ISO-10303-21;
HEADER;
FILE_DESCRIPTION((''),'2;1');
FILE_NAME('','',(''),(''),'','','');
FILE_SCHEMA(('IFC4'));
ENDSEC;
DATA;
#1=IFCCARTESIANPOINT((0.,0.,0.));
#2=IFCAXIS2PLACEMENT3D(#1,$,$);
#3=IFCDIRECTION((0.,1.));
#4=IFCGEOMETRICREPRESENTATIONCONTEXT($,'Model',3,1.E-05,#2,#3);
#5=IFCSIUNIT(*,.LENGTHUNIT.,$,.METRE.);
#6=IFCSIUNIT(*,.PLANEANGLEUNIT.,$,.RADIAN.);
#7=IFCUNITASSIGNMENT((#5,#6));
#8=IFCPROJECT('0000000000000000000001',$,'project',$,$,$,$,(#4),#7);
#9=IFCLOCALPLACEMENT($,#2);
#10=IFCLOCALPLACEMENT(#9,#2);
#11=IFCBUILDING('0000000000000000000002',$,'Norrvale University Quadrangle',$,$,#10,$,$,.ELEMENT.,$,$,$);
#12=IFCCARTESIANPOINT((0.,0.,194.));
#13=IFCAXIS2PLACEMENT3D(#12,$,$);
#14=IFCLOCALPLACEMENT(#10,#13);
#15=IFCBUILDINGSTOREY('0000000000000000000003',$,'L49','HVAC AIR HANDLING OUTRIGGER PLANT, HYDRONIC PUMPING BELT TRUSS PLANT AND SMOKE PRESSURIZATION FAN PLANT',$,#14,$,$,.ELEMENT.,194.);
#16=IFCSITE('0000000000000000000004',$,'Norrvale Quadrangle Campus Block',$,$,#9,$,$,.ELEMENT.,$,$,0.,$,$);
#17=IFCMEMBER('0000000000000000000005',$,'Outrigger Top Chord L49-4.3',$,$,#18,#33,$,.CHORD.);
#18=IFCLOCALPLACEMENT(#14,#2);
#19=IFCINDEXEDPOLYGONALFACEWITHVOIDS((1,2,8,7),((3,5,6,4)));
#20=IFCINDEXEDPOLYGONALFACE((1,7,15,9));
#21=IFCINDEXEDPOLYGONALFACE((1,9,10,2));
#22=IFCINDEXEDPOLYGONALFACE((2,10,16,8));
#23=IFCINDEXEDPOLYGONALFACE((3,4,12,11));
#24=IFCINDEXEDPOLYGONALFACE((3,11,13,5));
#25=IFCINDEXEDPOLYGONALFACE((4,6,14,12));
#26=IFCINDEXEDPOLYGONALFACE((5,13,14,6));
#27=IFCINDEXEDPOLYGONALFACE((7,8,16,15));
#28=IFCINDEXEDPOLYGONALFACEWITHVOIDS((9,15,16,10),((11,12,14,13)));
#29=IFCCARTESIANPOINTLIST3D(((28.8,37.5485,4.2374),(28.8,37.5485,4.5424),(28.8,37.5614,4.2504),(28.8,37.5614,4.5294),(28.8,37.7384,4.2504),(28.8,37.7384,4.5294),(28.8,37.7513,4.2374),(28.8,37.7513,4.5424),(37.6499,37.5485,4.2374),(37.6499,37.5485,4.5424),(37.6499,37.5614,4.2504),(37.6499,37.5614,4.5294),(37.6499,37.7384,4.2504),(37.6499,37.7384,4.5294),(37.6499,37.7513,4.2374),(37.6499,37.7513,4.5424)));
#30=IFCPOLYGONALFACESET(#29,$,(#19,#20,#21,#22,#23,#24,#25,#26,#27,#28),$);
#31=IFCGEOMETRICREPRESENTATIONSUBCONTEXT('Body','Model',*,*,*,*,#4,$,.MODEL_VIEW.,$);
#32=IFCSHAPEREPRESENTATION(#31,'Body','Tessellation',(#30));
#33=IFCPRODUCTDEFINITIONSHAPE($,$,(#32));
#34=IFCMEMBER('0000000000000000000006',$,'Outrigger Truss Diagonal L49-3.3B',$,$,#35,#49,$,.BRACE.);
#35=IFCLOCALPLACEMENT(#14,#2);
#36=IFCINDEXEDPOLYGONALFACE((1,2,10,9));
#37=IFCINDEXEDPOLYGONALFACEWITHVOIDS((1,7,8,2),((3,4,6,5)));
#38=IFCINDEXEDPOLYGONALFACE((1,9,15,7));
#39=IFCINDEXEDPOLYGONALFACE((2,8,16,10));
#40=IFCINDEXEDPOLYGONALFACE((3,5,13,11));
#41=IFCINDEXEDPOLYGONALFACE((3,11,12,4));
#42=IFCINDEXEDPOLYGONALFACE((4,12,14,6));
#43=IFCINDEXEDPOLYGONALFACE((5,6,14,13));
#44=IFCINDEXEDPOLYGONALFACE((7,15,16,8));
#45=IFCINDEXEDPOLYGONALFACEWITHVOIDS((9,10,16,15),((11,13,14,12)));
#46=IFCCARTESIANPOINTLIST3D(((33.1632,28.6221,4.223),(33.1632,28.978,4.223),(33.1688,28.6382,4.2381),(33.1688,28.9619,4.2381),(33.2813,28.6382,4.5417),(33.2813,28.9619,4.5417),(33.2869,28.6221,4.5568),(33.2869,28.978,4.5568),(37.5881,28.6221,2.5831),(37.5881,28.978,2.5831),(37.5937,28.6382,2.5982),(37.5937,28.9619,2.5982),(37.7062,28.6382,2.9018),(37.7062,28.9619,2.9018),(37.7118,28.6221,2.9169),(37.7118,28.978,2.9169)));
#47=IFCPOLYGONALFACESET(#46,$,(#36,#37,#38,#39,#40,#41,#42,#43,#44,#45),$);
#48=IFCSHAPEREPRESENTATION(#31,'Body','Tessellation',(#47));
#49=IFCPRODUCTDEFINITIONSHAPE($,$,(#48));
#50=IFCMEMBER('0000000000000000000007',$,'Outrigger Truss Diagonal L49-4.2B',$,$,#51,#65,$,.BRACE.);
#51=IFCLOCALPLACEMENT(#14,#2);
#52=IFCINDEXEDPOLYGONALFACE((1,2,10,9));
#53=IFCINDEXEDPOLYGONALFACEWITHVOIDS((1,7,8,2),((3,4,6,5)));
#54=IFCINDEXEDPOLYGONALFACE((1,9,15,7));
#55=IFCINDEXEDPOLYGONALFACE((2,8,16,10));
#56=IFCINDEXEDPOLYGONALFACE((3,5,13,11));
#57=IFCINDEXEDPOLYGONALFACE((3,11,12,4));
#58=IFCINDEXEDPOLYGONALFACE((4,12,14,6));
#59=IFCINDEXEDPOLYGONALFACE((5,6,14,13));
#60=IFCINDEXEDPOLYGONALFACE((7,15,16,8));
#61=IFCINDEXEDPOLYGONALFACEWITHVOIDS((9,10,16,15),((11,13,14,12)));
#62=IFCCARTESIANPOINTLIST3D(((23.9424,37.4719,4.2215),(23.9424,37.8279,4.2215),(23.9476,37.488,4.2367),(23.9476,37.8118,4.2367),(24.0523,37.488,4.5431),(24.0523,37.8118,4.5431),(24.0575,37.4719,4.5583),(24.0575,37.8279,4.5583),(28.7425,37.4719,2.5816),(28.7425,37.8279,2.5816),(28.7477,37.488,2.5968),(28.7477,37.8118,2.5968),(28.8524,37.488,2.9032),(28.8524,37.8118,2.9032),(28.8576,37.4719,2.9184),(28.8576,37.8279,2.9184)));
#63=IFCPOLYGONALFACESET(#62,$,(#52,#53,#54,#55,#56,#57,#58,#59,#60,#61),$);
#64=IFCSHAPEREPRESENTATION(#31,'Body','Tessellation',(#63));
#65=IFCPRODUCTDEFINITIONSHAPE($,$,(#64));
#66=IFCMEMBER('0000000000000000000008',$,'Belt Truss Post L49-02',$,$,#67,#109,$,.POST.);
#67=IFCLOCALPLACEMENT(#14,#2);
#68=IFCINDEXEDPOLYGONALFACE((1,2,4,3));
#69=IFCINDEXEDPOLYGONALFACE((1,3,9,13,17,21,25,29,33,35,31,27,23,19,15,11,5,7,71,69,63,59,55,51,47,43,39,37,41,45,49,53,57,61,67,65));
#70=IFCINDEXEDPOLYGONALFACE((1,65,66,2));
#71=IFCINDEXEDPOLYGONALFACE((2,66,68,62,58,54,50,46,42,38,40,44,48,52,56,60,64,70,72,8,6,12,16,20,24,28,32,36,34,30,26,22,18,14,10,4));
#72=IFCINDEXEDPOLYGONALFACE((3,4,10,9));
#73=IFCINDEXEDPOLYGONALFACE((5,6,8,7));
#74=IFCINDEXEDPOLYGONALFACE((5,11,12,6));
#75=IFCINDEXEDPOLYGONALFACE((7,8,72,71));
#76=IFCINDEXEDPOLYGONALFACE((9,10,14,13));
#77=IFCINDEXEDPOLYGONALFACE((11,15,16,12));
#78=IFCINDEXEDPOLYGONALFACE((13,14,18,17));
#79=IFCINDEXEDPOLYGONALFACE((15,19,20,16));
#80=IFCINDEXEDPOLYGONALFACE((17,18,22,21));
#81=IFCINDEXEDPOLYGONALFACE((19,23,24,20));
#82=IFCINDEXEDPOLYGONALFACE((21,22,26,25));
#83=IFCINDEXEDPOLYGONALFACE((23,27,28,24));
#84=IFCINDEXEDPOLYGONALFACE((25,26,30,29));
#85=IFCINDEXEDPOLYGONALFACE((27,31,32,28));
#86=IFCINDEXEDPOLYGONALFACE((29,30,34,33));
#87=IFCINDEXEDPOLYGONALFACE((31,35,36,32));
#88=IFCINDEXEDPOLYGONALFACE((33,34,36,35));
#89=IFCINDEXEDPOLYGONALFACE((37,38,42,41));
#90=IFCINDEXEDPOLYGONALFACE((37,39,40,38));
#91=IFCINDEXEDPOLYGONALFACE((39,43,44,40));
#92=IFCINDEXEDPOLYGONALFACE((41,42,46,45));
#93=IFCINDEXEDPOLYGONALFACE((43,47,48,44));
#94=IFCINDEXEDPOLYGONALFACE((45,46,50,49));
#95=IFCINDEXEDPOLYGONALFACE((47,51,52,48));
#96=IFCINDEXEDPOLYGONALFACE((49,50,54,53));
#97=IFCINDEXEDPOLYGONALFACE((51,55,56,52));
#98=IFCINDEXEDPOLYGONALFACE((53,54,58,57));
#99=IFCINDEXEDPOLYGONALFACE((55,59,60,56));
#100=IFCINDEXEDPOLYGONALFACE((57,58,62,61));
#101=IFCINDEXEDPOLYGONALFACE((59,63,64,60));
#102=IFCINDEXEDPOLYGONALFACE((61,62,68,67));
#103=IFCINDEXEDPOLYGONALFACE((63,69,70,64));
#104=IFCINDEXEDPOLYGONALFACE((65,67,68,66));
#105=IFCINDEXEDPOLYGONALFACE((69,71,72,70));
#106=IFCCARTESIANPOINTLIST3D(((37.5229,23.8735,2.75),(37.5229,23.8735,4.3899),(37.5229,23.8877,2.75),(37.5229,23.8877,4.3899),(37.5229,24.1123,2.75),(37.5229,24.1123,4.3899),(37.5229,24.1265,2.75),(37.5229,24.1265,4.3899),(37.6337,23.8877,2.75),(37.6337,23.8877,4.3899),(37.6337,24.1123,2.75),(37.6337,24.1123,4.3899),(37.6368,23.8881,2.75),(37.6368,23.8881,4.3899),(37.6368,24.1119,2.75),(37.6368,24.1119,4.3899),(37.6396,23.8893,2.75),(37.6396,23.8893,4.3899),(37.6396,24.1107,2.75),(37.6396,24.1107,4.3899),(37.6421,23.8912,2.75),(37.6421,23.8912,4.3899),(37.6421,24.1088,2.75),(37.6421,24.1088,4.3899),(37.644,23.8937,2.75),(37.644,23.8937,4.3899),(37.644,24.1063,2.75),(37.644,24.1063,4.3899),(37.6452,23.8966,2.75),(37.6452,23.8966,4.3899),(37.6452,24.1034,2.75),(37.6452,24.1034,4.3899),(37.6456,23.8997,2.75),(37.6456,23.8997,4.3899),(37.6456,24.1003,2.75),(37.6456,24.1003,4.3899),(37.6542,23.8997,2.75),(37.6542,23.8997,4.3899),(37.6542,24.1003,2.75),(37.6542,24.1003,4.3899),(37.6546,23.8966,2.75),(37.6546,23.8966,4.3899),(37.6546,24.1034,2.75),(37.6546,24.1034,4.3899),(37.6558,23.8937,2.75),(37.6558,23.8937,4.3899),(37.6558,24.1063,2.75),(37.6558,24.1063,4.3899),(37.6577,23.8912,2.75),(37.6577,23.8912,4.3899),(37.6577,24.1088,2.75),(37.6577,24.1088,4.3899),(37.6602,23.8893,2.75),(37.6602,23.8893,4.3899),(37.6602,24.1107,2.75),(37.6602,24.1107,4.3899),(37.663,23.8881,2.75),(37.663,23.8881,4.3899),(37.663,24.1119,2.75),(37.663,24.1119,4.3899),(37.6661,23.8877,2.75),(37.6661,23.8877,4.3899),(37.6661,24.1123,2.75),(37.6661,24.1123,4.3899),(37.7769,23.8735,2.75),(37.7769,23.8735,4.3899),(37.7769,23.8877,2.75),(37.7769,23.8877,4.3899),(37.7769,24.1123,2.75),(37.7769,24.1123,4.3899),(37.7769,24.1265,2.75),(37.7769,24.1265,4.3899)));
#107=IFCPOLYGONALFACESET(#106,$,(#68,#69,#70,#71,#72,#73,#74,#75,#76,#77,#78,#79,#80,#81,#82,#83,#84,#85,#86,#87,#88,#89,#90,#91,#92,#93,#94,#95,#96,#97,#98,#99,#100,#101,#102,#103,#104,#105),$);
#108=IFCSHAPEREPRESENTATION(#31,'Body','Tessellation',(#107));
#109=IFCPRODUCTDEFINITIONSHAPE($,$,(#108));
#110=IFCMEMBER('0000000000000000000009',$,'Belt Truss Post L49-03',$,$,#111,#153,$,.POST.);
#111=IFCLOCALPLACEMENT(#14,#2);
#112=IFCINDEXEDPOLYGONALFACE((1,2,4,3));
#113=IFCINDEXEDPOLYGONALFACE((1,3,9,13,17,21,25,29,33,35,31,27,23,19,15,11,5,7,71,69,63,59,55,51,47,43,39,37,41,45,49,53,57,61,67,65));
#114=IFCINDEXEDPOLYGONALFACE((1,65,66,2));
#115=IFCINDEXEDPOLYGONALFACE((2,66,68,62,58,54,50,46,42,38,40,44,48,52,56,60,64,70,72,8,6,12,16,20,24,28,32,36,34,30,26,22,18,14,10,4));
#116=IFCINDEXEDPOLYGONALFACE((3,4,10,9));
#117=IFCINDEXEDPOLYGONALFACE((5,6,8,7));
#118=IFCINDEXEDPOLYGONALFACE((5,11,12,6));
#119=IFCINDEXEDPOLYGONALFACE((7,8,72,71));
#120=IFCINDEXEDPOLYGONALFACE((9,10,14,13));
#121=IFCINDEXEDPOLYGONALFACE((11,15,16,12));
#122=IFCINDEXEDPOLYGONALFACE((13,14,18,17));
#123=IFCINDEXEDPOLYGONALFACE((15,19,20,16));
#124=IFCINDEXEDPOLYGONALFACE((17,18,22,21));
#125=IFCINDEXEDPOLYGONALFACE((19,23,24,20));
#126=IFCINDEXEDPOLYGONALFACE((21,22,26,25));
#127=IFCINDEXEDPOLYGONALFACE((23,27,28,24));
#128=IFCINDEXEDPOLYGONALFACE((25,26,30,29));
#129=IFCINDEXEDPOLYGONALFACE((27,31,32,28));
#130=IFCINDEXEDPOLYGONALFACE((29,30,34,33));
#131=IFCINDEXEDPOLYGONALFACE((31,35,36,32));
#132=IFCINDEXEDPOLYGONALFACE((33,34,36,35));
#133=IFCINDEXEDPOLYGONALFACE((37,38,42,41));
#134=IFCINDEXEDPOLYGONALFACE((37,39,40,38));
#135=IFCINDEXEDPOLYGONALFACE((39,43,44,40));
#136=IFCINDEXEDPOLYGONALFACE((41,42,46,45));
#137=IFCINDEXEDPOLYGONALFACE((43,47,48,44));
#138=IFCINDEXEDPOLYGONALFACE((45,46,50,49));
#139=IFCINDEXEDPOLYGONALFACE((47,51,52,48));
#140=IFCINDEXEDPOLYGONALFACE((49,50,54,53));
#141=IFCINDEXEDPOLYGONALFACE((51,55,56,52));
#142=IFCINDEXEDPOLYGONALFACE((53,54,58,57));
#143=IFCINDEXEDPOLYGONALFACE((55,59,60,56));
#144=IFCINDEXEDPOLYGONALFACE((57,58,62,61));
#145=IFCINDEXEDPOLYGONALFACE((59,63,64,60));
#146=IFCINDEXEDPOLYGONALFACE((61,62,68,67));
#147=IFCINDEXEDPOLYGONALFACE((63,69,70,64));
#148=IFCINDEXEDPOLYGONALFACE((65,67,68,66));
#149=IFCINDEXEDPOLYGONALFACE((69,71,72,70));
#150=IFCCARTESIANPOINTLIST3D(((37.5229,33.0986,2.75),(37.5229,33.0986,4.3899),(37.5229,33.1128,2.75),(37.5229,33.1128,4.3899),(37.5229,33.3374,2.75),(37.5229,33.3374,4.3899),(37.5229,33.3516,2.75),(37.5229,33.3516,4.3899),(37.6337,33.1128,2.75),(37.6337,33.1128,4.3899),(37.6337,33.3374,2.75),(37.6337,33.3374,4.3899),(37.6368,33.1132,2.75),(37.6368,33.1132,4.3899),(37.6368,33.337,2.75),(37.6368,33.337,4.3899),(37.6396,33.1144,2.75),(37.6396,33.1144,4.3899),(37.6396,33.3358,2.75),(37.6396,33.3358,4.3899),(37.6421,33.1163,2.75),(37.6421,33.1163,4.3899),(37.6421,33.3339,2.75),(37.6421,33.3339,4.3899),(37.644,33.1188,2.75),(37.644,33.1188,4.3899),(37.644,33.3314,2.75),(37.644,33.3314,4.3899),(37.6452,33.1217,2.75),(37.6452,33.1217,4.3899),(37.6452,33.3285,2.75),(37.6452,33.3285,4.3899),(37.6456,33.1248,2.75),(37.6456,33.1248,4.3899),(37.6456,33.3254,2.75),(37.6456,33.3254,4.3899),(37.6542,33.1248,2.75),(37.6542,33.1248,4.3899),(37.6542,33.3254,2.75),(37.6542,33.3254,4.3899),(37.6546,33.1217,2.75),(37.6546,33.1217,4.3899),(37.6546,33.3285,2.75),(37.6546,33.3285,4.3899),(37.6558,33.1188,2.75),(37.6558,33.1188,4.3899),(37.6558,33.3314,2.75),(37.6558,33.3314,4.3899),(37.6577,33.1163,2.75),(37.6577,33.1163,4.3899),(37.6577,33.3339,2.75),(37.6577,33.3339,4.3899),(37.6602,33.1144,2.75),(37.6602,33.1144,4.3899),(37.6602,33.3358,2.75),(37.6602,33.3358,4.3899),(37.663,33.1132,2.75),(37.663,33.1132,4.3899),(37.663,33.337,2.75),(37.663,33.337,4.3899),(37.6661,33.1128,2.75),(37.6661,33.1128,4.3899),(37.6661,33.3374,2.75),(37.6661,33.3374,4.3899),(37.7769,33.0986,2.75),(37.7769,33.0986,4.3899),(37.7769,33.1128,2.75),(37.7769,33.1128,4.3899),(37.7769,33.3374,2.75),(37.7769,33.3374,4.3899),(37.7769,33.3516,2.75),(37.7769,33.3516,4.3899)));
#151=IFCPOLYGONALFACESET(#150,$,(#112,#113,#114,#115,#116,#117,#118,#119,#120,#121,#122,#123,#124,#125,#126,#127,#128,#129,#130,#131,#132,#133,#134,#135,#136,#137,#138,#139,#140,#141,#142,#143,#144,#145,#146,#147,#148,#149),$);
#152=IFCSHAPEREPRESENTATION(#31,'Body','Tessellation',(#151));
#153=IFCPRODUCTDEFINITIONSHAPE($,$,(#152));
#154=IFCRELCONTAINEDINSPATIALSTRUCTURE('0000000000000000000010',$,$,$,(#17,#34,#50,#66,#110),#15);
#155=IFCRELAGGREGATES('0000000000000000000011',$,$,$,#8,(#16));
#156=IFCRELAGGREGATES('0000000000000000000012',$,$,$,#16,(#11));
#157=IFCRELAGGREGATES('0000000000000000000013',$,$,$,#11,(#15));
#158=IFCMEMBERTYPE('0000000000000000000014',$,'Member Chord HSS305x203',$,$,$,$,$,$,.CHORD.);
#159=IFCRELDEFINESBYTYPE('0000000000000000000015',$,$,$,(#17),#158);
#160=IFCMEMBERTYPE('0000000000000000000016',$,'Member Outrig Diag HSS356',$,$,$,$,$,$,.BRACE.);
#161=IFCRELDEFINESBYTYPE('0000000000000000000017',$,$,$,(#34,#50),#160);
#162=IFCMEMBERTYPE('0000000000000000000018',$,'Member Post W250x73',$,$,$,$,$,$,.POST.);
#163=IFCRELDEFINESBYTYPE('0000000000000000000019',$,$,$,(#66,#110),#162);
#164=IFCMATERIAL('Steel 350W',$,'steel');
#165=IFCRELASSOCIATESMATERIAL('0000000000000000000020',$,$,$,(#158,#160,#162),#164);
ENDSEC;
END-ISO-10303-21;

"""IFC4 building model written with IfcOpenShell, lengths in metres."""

from ifc_helpers import new_model, si_unit, direction, frame, origin, origin_2d, place, context, subcontext, project, spatial, hollow_rectangle, i_section, extrude, material, material_profile, profile_set, type_object, element, save


model = new_model("IFC4")

# Units and contexts
model_context = context("Model", 3, precision=1e-05, world=origin(), true_north=direction((0.0, 1.0)))
body_context = subcontext(model_context, "Body", "Model", "MODEL_VIEW")
ifc_project = project(units=[si_unit("LENGTHUNIT", "METRE"), si_unit("PLANEANGLEUNIT", "RADIAN")], contexts=[model_context])

# Site, building, storey
site_placement = place(None, origin())
site = spatial("IfcSite", under=ifc_project, at=site_placement, Name="Norrvale Quadrangle Campus Block", CompositionType="ELEMENT", RefElevation=0.0)
building_placement = place(site_placement, origin())
building = spatial("IfcBuilding", under=site, at=building_placement, Name="Norrvale University Quadrangle", CompositionType="ELEMENT")
storey_placement = place(building_placement, frame((0.0, 0.0, 194.0)))
storey = spatial("IfcBuildingStorey", under=building, at=storey_placement, Name="L49", Description="HVAC AIR HANDLING OUTRIGGER PLANT, HYDRONIC PUMPING BELT TRUSS PLANT AND SMOKE PRESSURIZATION FAN PLANT", CompositionType="ELEMENT", Elevation=194.0)

# Shared definitions
ifc_material_1 = material(Name="Steel 350W", Category="steel")

# Members
ifc_material_profile_1 = material_profile(ifc_material_1, hollow_rectangle(XDim=0.2029, YDim=0.3049, WallThickness=0.0129, at=origin_2d()), Name="Steel 350W")
ifc_profile_set_1 = profile_set([ifc_material_profile_1], Name="Steel 350W")
member_type_1 = type_object("IfcMemberType", Name="Member Chord HSS305x203", PredefinedType="CHORD", material=ifc_profile_set_1)
member_1_placement = place(storey_placement, frame((28.8, 37.6499, 4.3899), z_axis=(1.0, 0.0, 0.0), x_axis=(0.0, 1.0, 0.0)))
element("IfcMember", 1, at=member_1_placement, inside=storey, type_object=member_type_1, Name="Outrigger Top Chord L49-4.3", PredefinedType="CHORD", context=body_context, shape_type="SweptSolid", body=[
    extrude(hollow_rectangle(XDim=0.2029, YDim=0.3049, WallThickness=0.0129, at=origin_2d()), origin(), (0.0, 0.0, 1.0), 8.8499),
])
ifc_material_profile_2 = material_profile(ifc_material_1, hollow_rectangle(XDim=0.356, YDim=0.356, WallThickness=0.0161, at=origin_2d()), Name="Steel 350W")
ifc_profile_set_2 = profile_set([ifc_material_profile_2], Name="Steel 350W")
member_type_2 = type_object("IfcMemberType", Name="Member Outrig Diag HSS356", PredefinedType="BRACE", material=ifc_profile_set_2)
member_2_placement = place(storey_placement, frame((37.6499, 28.8, 2.75), z_axis=(-0.937674, 0.0, 0.347515), x_axis=(0.0, -1.0, 0.0)))
element("IfcMember", 2, at=member_2_placement, inside=storey, type_object=member_type_2, Name="Outrigger Truss Diagonal L49-3.3B", PredefinedType="BRACE", context=body_context, shape_type="SweptSolid", body=[
    extrude(hollow_rectangle(XDim=0.356, YDim=0.356, WallThickness=0.0161, at=origin_2d()), origin(), (0.0, 0.0, 1.0), 4.719),
])
member_3_placement = place(storey_placement, frame((28.8, 37.6499, 2.75), z_axis=(-0.946299, 0.0, 0.323294), x_axis=(0.0, -1.0, 0.0)))
element("IfcMember", 3, at=member_3_placement, inside=storey, type_object=member_type_2, Name="Outrigger Truss Diagonal L49-4.2B", PredefinedType="BRACE", context=body_context, shape_type="SweptSolid", body=[
    extrude(hollow_rectangle(XDim=0.356, YDim=0.356, WallThickness=0.0161, at=origin_2d()), origin(), (0.0, 0.0, 1.0), 5.0725),
])
ifc_material_profile_3 = material_profile(ifc_material_1, i_section(OverallWidth=0.2539, OverallDepth=0.2529, WebThickness=0.0085, FlangeThickness=0.0142, FilletRadius=0.012, at=origin_2d()), Name="Steel 350W")
ifc_profile_set_3 = profile_set([ifc_material_profile_3], Name="Steel 350W")
member_type_3 = type_object("IfcMemberType", Name="Member Post W250x73", PredefinedType="POST", material=ifc_profile_set_3)
for number, where, z_axis, x_axis, name in (
    (4, (37.6499, 24.0, 2.75), (0.0, 0.0, 1.0), (1.0, 0.0, 0.0), "Belt Truss Post L49-02"),
    (5, (37.6499, 33.2251, 2.75), (0.0, 0.0, 1.0), (1.0, 0.0, 0.0), "Belt Truss Post L49-03"),
):
    element("IfcMember", number, at=place(storey_placement, frame(where, z_axis=z_axis, x_axis=x_axis)), inside=storey, type_object=member_type_3, Name=name, PredefinedType="POST", context=body_context, shape_type="SweptSolid", body=[
        extrude(i_section(OverallWidth=0.2539, OverallDepth=0.2529, WebThickness=0.0085, FlangeThickness=0.0142, FilletRadius=0.012, at=origin_2d()), origin(), (0.0, 0.0, 1.0), 1.6399),
    ])

save(model, "model.ifc")
